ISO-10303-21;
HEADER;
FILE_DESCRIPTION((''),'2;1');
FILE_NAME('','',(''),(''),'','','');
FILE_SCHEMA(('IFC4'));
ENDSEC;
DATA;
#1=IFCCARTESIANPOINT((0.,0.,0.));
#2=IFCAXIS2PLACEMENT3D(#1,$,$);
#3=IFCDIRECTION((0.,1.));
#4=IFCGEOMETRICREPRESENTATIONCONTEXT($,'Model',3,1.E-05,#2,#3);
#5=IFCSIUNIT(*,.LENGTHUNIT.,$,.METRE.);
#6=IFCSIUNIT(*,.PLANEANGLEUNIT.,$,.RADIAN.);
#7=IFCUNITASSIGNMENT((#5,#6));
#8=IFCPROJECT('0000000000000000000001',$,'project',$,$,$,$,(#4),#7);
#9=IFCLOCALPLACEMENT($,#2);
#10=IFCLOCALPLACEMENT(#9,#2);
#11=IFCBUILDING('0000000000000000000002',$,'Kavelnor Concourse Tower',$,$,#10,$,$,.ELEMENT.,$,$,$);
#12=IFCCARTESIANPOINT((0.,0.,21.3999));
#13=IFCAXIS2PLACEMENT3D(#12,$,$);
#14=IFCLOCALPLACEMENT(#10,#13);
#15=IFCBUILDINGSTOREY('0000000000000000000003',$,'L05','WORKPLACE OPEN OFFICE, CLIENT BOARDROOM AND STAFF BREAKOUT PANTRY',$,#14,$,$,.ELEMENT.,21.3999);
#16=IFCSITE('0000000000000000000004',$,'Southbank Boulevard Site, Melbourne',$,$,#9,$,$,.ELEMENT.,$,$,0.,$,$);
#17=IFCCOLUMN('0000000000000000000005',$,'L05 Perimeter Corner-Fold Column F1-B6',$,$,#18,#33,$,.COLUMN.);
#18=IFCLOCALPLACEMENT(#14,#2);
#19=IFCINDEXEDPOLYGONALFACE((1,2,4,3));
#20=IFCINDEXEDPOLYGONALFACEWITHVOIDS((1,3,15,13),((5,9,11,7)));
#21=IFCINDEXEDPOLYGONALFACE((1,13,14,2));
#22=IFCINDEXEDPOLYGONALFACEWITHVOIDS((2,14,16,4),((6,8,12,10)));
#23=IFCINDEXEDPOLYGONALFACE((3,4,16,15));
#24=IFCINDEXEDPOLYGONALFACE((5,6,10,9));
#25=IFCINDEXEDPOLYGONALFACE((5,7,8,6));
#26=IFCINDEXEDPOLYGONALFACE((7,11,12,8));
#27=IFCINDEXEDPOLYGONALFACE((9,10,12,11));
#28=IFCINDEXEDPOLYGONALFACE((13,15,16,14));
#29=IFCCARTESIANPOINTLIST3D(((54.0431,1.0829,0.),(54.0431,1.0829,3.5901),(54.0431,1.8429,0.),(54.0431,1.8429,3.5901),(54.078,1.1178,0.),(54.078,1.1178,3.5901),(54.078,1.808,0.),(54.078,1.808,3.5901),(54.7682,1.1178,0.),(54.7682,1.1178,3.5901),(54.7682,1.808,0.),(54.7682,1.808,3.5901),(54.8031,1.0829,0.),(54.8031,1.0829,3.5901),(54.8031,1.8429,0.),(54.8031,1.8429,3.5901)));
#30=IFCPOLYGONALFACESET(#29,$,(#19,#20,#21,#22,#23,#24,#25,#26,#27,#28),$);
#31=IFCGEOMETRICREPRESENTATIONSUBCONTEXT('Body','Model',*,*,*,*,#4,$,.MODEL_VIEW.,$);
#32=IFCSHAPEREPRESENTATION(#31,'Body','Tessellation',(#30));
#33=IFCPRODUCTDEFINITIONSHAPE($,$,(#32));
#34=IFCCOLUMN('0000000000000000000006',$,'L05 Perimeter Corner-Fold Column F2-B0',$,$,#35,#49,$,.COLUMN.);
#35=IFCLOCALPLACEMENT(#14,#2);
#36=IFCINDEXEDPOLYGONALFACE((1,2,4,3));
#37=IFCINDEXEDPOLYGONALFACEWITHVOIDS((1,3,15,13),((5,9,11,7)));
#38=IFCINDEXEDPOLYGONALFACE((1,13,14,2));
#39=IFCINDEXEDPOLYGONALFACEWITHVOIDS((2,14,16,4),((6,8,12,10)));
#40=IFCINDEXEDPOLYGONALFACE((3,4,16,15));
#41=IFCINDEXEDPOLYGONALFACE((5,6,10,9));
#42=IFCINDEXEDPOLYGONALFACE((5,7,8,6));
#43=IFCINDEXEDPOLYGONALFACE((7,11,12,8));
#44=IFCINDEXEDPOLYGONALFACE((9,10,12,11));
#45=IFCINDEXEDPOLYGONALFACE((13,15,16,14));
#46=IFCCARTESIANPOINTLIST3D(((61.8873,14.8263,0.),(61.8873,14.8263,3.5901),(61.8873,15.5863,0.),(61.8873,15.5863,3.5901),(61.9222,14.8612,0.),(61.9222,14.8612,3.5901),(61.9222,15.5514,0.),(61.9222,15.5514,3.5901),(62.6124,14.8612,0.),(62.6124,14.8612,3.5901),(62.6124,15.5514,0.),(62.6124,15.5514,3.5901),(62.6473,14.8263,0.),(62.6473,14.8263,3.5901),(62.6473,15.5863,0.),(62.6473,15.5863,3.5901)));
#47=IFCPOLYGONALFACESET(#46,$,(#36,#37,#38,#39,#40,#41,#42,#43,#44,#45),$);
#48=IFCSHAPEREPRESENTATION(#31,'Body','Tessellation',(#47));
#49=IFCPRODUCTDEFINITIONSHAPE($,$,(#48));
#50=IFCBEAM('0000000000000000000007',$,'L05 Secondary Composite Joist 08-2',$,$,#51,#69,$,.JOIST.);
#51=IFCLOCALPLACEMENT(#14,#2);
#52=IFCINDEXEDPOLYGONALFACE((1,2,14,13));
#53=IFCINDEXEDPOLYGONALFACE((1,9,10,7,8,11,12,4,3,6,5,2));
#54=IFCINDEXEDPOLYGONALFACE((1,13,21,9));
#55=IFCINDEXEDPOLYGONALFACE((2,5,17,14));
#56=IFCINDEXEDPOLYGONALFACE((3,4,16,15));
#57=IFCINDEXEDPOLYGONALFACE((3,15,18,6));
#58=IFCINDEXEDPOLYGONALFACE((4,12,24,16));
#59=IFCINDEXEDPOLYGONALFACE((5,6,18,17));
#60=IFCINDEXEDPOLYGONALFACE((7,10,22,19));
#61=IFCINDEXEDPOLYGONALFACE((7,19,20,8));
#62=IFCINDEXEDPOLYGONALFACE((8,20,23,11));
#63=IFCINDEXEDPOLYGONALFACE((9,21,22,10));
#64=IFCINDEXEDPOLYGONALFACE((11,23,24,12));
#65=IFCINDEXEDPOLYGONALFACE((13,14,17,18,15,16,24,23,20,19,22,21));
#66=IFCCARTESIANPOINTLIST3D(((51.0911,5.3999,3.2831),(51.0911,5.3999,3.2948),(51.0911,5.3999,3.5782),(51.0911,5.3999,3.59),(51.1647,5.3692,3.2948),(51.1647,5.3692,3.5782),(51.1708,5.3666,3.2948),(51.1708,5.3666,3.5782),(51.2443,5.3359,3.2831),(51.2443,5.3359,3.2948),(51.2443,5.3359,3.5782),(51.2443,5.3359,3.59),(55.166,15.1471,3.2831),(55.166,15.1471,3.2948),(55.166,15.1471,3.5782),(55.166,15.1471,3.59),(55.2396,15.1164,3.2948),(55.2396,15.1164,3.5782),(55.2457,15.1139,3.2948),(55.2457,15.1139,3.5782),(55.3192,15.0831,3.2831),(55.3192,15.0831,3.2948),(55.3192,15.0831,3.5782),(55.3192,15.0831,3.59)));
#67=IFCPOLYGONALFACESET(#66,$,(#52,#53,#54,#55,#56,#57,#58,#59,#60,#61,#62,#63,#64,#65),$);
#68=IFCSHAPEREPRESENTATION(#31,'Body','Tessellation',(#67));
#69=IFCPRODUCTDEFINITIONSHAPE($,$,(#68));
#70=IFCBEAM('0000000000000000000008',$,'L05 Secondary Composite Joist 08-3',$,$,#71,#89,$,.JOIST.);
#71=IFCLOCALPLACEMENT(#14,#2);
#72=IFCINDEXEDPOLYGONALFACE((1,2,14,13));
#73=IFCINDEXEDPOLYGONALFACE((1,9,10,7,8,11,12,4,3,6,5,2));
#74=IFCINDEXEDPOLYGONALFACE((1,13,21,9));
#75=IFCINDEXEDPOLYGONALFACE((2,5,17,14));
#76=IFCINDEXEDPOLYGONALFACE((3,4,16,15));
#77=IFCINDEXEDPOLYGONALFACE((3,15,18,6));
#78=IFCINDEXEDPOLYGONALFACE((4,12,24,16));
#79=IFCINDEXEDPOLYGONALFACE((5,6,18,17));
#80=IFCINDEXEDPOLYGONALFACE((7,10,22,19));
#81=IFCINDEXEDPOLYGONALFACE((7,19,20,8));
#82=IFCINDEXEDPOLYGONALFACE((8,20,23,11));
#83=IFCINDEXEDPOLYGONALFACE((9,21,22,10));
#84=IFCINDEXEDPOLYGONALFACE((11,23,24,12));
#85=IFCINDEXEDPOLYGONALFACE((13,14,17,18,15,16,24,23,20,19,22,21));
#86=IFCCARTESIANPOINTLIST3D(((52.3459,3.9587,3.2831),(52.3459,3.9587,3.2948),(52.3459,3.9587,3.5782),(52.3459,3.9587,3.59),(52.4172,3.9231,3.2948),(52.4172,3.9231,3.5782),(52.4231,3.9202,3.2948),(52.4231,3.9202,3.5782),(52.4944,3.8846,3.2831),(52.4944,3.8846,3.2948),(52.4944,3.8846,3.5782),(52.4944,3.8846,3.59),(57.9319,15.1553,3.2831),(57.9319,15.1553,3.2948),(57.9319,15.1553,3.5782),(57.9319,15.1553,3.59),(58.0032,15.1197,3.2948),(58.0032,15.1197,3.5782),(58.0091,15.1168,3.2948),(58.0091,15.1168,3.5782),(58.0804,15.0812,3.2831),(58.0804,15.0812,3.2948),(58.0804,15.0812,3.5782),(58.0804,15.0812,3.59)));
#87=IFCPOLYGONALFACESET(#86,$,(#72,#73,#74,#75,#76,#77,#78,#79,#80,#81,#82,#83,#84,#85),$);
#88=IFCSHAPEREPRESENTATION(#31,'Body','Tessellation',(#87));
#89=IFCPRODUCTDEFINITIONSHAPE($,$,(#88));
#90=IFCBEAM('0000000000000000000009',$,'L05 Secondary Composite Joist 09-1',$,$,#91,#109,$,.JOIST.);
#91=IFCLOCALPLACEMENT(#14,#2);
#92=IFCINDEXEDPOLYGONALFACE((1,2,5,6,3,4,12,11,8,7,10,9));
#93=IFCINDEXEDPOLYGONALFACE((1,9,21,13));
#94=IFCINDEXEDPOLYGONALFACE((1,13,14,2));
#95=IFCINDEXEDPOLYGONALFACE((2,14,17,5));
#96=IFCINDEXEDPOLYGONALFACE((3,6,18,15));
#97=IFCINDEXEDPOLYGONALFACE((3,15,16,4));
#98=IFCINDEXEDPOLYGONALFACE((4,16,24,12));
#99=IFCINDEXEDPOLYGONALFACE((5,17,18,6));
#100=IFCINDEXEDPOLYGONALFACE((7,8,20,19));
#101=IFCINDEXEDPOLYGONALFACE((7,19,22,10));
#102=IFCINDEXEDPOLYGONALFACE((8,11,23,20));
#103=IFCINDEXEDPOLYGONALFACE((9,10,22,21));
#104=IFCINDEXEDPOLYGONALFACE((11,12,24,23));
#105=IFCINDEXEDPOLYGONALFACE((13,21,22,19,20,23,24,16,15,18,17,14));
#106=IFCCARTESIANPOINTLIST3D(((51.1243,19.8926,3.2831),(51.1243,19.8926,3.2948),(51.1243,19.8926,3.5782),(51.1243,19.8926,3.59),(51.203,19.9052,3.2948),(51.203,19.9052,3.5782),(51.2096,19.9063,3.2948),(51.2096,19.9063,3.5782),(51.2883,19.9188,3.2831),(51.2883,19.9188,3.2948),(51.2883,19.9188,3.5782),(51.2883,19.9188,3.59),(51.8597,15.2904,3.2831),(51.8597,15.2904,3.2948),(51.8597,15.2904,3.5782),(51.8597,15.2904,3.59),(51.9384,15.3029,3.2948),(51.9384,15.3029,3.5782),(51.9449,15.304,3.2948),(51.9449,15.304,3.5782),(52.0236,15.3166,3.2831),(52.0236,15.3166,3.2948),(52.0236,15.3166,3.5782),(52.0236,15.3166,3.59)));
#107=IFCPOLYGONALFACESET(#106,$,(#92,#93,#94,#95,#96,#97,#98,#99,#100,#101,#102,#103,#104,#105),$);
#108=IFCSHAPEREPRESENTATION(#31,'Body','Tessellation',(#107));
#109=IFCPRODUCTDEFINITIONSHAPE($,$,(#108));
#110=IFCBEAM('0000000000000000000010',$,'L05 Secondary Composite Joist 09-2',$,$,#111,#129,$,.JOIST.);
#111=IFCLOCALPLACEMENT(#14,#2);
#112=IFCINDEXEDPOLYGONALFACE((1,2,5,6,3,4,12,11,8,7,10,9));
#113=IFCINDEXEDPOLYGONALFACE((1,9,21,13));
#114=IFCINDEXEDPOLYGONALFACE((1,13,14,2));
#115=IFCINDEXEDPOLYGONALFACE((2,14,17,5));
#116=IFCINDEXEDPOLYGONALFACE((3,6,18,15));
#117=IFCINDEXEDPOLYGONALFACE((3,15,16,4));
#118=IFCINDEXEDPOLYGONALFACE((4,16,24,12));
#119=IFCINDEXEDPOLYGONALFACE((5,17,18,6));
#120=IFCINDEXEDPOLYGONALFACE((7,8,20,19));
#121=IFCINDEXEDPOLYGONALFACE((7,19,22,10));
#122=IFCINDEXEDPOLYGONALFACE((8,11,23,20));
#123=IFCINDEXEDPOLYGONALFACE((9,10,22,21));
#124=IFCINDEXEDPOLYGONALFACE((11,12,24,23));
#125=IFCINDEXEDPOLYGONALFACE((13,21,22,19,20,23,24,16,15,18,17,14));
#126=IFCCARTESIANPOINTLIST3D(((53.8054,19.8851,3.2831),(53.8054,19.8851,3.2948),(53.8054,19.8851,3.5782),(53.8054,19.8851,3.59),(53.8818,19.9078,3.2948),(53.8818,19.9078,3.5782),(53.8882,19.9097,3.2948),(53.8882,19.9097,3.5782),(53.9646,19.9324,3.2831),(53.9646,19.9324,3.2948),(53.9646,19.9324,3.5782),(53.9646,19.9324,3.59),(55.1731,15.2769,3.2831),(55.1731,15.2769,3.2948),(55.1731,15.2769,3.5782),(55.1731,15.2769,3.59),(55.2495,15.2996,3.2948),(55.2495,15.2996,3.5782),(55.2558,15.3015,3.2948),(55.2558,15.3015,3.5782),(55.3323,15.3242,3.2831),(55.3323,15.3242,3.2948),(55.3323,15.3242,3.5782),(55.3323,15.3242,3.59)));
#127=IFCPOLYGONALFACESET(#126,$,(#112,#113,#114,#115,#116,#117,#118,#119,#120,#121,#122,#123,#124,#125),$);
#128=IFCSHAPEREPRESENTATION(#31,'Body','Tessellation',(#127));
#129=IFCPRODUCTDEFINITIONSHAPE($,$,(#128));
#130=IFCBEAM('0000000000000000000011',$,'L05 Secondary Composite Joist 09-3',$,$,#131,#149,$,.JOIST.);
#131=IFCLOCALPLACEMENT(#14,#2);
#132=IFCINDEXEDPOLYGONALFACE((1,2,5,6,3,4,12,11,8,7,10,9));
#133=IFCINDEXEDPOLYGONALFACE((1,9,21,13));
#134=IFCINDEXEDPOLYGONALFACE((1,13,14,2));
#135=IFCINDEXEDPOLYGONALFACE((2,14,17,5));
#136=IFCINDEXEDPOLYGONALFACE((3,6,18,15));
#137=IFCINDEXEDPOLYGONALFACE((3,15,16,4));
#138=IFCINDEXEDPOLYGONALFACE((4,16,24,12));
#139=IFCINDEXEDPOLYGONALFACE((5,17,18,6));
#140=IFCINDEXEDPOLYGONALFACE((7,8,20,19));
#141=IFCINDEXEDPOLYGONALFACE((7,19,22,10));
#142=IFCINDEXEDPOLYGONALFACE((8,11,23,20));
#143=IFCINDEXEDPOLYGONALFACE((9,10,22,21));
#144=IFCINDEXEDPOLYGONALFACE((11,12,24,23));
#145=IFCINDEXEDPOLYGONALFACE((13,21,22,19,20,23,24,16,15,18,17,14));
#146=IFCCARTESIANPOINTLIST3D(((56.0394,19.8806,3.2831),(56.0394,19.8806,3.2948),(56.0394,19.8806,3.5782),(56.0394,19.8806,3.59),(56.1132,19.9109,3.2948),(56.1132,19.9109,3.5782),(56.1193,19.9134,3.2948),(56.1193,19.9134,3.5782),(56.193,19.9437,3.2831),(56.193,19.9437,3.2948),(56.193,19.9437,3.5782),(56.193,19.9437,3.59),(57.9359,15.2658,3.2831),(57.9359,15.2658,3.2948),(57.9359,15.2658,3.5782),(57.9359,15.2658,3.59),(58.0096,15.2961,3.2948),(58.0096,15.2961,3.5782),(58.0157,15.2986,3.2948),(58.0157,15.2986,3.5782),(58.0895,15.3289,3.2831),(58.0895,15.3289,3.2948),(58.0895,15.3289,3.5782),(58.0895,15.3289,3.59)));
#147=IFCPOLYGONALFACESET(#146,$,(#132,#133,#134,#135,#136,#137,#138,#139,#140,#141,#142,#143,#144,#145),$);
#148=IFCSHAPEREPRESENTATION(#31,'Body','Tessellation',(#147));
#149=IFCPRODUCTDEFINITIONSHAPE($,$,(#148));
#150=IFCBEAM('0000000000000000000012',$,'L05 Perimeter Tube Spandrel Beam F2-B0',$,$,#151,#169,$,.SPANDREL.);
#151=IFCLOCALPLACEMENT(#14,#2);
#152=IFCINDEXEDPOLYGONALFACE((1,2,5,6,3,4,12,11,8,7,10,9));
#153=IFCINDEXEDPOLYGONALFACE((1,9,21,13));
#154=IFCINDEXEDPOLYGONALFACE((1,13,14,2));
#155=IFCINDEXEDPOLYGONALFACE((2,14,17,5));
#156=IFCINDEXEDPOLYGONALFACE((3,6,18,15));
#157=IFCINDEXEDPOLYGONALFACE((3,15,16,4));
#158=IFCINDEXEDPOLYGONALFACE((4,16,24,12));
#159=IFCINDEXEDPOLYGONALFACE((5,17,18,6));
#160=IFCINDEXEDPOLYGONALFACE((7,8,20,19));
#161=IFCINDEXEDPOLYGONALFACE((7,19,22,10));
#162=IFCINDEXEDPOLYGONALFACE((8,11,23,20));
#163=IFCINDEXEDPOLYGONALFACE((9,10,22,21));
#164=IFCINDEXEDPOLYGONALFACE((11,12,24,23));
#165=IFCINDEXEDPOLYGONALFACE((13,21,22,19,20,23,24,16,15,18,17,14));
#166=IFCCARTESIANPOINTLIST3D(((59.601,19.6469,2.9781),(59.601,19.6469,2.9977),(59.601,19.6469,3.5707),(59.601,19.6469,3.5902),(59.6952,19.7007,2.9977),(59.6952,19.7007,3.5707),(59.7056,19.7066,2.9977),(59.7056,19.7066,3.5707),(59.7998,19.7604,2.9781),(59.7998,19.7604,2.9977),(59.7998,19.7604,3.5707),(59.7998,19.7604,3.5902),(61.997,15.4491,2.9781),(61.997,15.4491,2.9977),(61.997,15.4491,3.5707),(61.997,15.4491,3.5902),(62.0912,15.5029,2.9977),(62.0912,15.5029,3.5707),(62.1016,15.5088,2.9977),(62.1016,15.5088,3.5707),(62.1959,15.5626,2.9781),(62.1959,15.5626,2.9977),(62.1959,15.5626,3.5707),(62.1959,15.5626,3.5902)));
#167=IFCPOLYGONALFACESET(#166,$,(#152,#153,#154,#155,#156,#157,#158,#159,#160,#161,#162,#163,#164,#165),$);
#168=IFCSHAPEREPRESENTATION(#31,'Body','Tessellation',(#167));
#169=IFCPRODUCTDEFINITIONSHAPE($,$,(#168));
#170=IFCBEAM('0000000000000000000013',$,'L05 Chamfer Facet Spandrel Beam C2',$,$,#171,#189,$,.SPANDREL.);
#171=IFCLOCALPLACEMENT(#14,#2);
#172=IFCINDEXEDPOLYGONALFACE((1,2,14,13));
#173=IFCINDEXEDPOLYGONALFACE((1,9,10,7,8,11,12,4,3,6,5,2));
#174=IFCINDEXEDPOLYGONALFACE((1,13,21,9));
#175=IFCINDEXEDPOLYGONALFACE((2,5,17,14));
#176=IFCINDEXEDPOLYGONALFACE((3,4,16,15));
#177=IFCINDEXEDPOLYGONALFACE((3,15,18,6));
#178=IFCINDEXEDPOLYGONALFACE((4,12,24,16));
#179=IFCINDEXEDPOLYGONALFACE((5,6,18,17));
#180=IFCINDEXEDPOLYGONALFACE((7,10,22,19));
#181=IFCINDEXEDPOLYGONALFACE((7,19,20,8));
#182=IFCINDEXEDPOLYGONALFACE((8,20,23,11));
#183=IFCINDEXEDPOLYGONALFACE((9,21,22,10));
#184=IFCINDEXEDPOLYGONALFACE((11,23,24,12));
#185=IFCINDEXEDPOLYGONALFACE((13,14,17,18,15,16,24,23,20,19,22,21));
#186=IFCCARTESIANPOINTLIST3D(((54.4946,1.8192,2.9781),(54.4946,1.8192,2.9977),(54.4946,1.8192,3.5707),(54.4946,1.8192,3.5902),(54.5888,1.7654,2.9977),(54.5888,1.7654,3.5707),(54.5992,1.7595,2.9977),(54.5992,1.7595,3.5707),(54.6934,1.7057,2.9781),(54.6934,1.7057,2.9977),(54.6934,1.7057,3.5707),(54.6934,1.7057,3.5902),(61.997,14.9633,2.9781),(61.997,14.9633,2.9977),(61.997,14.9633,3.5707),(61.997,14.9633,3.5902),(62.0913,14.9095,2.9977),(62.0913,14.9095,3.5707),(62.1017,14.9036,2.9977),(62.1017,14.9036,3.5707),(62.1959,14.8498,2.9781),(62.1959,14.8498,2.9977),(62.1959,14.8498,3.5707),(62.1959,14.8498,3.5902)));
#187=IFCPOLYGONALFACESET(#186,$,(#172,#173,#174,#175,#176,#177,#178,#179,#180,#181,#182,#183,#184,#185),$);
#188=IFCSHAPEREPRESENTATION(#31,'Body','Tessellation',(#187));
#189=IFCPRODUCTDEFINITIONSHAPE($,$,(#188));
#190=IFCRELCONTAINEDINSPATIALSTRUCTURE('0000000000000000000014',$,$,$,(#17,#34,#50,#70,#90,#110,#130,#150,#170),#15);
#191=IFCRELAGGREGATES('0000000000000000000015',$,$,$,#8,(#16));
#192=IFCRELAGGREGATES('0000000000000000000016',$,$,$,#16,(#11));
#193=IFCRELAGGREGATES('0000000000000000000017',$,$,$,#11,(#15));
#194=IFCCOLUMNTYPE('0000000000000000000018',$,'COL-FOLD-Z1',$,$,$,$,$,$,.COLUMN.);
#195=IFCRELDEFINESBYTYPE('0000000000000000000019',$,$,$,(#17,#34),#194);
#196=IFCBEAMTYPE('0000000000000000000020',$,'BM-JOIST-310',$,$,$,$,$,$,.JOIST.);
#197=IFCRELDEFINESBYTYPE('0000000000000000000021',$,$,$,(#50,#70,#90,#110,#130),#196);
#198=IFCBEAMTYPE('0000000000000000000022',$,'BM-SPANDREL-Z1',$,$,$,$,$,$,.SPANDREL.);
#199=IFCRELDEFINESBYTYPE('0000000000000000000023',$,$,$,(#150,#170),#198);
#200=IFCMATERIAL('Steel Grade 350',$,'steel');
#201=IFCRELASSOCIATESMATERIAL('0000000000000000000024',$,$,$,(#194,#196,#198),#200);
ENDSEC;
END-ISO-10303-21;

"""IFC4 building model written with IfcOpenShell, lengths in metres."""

from ifc_helpers import new_model, si_unit, direction, frame, origin, origin_2d, place, context, subcontext, project, spatial, hollow_rectangle, i_section, extrude, material, material_profile, profile_set, type_object, element, save


model = new_model("IFC4")

# Units and contexts
model_context = context("Model", 3, precision=1e-05, world=origin(), true_north=direction((0.0, 1.0)))
body_context = subcontext(model_context, "Body", "Model", "MODEL_VIEW")
ifc_project = project(units=[si_unit("LENGTHUNIT", "METRE"), si_unit("PLANEANGLEUNIT", "RADIAN")], contexts=[model_context])

# Site, building, storey
site_placement = place(None, origin())
site = spatial("IfcSite", under=ifc_project, at=site_placement, Name="Southbank Boulevard Site, Melbourne", CompositionType="ELEMENT", RefElevation=0.0)
building_placement = place(site_placement, origin())
building = spatial("IfcBuilding", under=site, at=building_placement, Name="Kavelnor Concourse Tower", CompositionType="ELEMENT")
storey_placement = place(building_placement, frame((0.0, 0.0, 21.3999)))
storey = spatial("IfcBuildingStorey", under=building, at=storey_placement, Name="L05", Description="WORKPLACE OPEN OFFICE, CLIENT BOARDROOM AND STAFF BREAKOUT PANTRY", CompositionType="ELEMENT", Elevation=21.3999)

# Columns
ifc_material_1 = material(Name="Steel Grade 350", Category="steel")
ifc_material_profile_1 = material_profile(ifc_material_1, hollow_rectangle(XDim=0.76, YDim=0.76, WallThickness=0.0349, at=origin_2d()), Name="SHS 760x760x35")
ifc_profile_set_1 = profile_set([ifc_material_profile_1], Name="Steel Grade 350")
column_type = type_object("IfcColumnType", Name="COL-FOLD-Z1", PredefinedType="COLUMN", material=ifc_profile_set_1)
for number, where, z_axis, x_axis, name in (
    (1, (54.4231, 1.4629, 0.0), (0.0, 0.0, 1.0), (1.0, 0.0, 0.0), "L05 Perimeter Corner-Fold Column F1-B6"),
    (2, (62.2673, 15.2063, 0.0), (0.0, 0.0, 1.0), (1.0, 0.0, 0.0), "L05 Perimeter Corner-Fold Column F2-B0"),
):
    element("IfcColumn", number, at=place(storey_placement, frame(where, z_axis=z_axis, x_axis=x_axis)), inside=storey, type_object=column_type, Name=name, PredefinedType="COLUMN", context=body_context, shape_type="SweptSolid", body=[
        extrude(hollow_rectangle(XDim=0.76, YDim=0.76, WallThickness=0.0349, at=origin_2d()), origin(), (0.0, 0.0, 1.0), 3.5901),
    ])

# Beams
ifc_material_profile_2 = material_profile(ifc_material_1, i_section(OverallWidth=0.166, OverallDepth=0.3069, WebThickness=0.0066, FlangeThickness=0.0117, at=origin_2d()), Name="310UB46")
ifc_profile_set_2 = profile_set([ifc_material_profile_2], Name="Steel Grade 350")
beam_type_1 = type_object("IfcBeamType", Name="BM-JOIST-310", PredefinedType="JOIST", material=ifc_profile_set_2)
beam_1_placement = place(storey_placement, frame((51.1677, 5.3679, 3.4365), z_axis=(0.38571, 0.92262, 0.0), x_axis=(-0.92262, 0.38571, 0.0)))
element("IfcBeam", 3, at=beam_1_placement, inside=storey, type_object=beam_type_1, Name="L05 Secondary Composite Joist 08-2", PredefinedType="JOIST", context=body_context, shape_type="SweptSolid", body=[
    extrude(i_section(OverallWidth=0.166, OverallDepth=0.3069, WebThickness=0.0066, FlangeThickness=0.0117, at=origin_2d()), origin(), (0.0, 0.0, 1.0), 10.5647),
])
beam_2_placement = place(storey_placement, frame((52.4202, 3.9216, 3.4365), z_axis=(0.446425, 0.894821, 0.0), x_axis=(-0.894821, 0.446425, 0.0)))
element("IfcBeam", 4, at=beam_2_placement, inside=storey, type_object=beam_type_1, Name="L05 Secondary Composite Joist 08-3", PredefinedType="JOIST", context=body_context, shape_type="SweptSolid", body=[
    extrude(i_section(OverallWidth=0.166, OverallDepth=0.3069, WebThickness=0.0066, FlangeThickness=0.0117, at=origin_2d()), origin(), (0.0, 0.0, 1.0), 12.5127),
])
beam_3_placement = place(storey_placement, frame((51.9417, 15.3035, 3.4365), z_axis=(-0.157778, 0.987475, 0.0), x_axis=(-0.987475, -0.157778, 0.0)))
element("IfcBeam", 5, at=beam_3_placement, inside=storey, type_object=beam_type_1, Name="L05 Secondary Composite Joist 09-1", PredefinedType="JOIST", context=body_context, shape_type="SweptSolid", body=[
    extrude(i_section(OverallWidth=0.166, OverallDepth=0.3069, WebThickness=0.0066, FlangeThickness=0.0117, at=origin_2d()), origin(), (0.0, 0.0, 1.0), 4.6606),
])
beam_4_placement = place(storey_placement, frame((55.2527, 15.3005, 3.4365), z_axis=(-0.284528, 0.958668, 0.0), x_axis=(-0.958668, -0.284528, 0.0)))
element("IfcBeam", 6, at=beam_4_placement, inside=storey, type_object=beam_type_1, Name="L05 Secondary Composite Joist 09-2", PredefinedType="JOIST", context=body_context, shape_type="SweptSolid", body=[
    extrude(i_section(OverallWidth=0.166, OverallDepth=0.3069, WebThickness=0.0066, FlangeThickness=0.0117, at=origin_2d()), origin(), (0.0, 0.0, 1.0), 4.8069),
])
beam_5_placement = place(storey_placement, frame((58.0127, 15.2974, 3.4365), z_axis=(-0.380115, 0.924939, 0.0), x_axis=(-0.924939, -0.380115, 0.0)))
element("IfcBeam", 7, at=beam_5_placement, inside=storey, type_object=beam_type_1, Name="L05 Secondary Composite Joist 09-3", PredefinedType="JOIST", context=body_context, shape_type="SweptSolid", body=[
    extrude(i_section(OverallWidth=0.166, OverallDepth=0.3069, WebThickness=0.0066, FlangeThickness=0.0117, at=origin_2d()), origin(), (0.0, 0.0, 1.0), 4.9893),
])
ifc_material_profile_3 = material_profile(ifc_material_1, i_section(OverallWidth=0.229, OverallDepth=0.6121, WebThickness=0.012, FlangeThickness=0.0195, at=origin_2d()), Name="610UB125")
ifc_profile_set_3 = profile_set([ifc_material_profile_3], Name="Steel Grade 350")
beam_type_2 = type_object("IfcBeamType", Name="BM-SPANDREL-Z1", PredefinedType="SPANDREL", material=ifc_profile_set_3)
beam_6_placement = place(storey_placement, frame((62.0964, 15.5059, 3.2842), z_axis=(-0.495715, 0.868485, 0.0), x_axis=(-0.868485, -0.495715, 0.0)))
element("IfcBeam", 8, at=beam_6_placement, inside=storey, type_object=beam_type_2, Name="L05 Perimeter Tube Spandrel Beam F2-B0", PredefinedType="SPANDREL", context=body_context, shape_type="SweptSolid", body=[
    extrude(i_section(OverallWidth=0.229, OverallDepth=0.6121, WebThickness=0.012, FlangeThickness=0.0195, at=origin_2d()), origin(), (0.0, 0.0, 1.0), 4.8335),
])
beam_7_placement = place(storey_placement, frame((54.594, 1.7625, 3.2842), z_axis=(0.495718, 0.868483, 0.0), x_axis=(-0.868483, 0.495718, 0.0)))
element("IfcBeam", 9, at=beam_7_placement, inside=storey, type_object=beam_type_2, Name="L05 Chamfer Facet Spandrel Beam C2", PredefinedType="SPANDREL", context=body_context, shape_type="SweptSolid", body=[
    extrude(i_section(OverallWidth=0.229, OverallDepth=0.6121, WebThickness=0.012, FlangeThickness=0.0195, at=origin_2d()), origin(), (0.0, 0.0, 1.0), 15.1345),
])

save(model, "model.ifc")
